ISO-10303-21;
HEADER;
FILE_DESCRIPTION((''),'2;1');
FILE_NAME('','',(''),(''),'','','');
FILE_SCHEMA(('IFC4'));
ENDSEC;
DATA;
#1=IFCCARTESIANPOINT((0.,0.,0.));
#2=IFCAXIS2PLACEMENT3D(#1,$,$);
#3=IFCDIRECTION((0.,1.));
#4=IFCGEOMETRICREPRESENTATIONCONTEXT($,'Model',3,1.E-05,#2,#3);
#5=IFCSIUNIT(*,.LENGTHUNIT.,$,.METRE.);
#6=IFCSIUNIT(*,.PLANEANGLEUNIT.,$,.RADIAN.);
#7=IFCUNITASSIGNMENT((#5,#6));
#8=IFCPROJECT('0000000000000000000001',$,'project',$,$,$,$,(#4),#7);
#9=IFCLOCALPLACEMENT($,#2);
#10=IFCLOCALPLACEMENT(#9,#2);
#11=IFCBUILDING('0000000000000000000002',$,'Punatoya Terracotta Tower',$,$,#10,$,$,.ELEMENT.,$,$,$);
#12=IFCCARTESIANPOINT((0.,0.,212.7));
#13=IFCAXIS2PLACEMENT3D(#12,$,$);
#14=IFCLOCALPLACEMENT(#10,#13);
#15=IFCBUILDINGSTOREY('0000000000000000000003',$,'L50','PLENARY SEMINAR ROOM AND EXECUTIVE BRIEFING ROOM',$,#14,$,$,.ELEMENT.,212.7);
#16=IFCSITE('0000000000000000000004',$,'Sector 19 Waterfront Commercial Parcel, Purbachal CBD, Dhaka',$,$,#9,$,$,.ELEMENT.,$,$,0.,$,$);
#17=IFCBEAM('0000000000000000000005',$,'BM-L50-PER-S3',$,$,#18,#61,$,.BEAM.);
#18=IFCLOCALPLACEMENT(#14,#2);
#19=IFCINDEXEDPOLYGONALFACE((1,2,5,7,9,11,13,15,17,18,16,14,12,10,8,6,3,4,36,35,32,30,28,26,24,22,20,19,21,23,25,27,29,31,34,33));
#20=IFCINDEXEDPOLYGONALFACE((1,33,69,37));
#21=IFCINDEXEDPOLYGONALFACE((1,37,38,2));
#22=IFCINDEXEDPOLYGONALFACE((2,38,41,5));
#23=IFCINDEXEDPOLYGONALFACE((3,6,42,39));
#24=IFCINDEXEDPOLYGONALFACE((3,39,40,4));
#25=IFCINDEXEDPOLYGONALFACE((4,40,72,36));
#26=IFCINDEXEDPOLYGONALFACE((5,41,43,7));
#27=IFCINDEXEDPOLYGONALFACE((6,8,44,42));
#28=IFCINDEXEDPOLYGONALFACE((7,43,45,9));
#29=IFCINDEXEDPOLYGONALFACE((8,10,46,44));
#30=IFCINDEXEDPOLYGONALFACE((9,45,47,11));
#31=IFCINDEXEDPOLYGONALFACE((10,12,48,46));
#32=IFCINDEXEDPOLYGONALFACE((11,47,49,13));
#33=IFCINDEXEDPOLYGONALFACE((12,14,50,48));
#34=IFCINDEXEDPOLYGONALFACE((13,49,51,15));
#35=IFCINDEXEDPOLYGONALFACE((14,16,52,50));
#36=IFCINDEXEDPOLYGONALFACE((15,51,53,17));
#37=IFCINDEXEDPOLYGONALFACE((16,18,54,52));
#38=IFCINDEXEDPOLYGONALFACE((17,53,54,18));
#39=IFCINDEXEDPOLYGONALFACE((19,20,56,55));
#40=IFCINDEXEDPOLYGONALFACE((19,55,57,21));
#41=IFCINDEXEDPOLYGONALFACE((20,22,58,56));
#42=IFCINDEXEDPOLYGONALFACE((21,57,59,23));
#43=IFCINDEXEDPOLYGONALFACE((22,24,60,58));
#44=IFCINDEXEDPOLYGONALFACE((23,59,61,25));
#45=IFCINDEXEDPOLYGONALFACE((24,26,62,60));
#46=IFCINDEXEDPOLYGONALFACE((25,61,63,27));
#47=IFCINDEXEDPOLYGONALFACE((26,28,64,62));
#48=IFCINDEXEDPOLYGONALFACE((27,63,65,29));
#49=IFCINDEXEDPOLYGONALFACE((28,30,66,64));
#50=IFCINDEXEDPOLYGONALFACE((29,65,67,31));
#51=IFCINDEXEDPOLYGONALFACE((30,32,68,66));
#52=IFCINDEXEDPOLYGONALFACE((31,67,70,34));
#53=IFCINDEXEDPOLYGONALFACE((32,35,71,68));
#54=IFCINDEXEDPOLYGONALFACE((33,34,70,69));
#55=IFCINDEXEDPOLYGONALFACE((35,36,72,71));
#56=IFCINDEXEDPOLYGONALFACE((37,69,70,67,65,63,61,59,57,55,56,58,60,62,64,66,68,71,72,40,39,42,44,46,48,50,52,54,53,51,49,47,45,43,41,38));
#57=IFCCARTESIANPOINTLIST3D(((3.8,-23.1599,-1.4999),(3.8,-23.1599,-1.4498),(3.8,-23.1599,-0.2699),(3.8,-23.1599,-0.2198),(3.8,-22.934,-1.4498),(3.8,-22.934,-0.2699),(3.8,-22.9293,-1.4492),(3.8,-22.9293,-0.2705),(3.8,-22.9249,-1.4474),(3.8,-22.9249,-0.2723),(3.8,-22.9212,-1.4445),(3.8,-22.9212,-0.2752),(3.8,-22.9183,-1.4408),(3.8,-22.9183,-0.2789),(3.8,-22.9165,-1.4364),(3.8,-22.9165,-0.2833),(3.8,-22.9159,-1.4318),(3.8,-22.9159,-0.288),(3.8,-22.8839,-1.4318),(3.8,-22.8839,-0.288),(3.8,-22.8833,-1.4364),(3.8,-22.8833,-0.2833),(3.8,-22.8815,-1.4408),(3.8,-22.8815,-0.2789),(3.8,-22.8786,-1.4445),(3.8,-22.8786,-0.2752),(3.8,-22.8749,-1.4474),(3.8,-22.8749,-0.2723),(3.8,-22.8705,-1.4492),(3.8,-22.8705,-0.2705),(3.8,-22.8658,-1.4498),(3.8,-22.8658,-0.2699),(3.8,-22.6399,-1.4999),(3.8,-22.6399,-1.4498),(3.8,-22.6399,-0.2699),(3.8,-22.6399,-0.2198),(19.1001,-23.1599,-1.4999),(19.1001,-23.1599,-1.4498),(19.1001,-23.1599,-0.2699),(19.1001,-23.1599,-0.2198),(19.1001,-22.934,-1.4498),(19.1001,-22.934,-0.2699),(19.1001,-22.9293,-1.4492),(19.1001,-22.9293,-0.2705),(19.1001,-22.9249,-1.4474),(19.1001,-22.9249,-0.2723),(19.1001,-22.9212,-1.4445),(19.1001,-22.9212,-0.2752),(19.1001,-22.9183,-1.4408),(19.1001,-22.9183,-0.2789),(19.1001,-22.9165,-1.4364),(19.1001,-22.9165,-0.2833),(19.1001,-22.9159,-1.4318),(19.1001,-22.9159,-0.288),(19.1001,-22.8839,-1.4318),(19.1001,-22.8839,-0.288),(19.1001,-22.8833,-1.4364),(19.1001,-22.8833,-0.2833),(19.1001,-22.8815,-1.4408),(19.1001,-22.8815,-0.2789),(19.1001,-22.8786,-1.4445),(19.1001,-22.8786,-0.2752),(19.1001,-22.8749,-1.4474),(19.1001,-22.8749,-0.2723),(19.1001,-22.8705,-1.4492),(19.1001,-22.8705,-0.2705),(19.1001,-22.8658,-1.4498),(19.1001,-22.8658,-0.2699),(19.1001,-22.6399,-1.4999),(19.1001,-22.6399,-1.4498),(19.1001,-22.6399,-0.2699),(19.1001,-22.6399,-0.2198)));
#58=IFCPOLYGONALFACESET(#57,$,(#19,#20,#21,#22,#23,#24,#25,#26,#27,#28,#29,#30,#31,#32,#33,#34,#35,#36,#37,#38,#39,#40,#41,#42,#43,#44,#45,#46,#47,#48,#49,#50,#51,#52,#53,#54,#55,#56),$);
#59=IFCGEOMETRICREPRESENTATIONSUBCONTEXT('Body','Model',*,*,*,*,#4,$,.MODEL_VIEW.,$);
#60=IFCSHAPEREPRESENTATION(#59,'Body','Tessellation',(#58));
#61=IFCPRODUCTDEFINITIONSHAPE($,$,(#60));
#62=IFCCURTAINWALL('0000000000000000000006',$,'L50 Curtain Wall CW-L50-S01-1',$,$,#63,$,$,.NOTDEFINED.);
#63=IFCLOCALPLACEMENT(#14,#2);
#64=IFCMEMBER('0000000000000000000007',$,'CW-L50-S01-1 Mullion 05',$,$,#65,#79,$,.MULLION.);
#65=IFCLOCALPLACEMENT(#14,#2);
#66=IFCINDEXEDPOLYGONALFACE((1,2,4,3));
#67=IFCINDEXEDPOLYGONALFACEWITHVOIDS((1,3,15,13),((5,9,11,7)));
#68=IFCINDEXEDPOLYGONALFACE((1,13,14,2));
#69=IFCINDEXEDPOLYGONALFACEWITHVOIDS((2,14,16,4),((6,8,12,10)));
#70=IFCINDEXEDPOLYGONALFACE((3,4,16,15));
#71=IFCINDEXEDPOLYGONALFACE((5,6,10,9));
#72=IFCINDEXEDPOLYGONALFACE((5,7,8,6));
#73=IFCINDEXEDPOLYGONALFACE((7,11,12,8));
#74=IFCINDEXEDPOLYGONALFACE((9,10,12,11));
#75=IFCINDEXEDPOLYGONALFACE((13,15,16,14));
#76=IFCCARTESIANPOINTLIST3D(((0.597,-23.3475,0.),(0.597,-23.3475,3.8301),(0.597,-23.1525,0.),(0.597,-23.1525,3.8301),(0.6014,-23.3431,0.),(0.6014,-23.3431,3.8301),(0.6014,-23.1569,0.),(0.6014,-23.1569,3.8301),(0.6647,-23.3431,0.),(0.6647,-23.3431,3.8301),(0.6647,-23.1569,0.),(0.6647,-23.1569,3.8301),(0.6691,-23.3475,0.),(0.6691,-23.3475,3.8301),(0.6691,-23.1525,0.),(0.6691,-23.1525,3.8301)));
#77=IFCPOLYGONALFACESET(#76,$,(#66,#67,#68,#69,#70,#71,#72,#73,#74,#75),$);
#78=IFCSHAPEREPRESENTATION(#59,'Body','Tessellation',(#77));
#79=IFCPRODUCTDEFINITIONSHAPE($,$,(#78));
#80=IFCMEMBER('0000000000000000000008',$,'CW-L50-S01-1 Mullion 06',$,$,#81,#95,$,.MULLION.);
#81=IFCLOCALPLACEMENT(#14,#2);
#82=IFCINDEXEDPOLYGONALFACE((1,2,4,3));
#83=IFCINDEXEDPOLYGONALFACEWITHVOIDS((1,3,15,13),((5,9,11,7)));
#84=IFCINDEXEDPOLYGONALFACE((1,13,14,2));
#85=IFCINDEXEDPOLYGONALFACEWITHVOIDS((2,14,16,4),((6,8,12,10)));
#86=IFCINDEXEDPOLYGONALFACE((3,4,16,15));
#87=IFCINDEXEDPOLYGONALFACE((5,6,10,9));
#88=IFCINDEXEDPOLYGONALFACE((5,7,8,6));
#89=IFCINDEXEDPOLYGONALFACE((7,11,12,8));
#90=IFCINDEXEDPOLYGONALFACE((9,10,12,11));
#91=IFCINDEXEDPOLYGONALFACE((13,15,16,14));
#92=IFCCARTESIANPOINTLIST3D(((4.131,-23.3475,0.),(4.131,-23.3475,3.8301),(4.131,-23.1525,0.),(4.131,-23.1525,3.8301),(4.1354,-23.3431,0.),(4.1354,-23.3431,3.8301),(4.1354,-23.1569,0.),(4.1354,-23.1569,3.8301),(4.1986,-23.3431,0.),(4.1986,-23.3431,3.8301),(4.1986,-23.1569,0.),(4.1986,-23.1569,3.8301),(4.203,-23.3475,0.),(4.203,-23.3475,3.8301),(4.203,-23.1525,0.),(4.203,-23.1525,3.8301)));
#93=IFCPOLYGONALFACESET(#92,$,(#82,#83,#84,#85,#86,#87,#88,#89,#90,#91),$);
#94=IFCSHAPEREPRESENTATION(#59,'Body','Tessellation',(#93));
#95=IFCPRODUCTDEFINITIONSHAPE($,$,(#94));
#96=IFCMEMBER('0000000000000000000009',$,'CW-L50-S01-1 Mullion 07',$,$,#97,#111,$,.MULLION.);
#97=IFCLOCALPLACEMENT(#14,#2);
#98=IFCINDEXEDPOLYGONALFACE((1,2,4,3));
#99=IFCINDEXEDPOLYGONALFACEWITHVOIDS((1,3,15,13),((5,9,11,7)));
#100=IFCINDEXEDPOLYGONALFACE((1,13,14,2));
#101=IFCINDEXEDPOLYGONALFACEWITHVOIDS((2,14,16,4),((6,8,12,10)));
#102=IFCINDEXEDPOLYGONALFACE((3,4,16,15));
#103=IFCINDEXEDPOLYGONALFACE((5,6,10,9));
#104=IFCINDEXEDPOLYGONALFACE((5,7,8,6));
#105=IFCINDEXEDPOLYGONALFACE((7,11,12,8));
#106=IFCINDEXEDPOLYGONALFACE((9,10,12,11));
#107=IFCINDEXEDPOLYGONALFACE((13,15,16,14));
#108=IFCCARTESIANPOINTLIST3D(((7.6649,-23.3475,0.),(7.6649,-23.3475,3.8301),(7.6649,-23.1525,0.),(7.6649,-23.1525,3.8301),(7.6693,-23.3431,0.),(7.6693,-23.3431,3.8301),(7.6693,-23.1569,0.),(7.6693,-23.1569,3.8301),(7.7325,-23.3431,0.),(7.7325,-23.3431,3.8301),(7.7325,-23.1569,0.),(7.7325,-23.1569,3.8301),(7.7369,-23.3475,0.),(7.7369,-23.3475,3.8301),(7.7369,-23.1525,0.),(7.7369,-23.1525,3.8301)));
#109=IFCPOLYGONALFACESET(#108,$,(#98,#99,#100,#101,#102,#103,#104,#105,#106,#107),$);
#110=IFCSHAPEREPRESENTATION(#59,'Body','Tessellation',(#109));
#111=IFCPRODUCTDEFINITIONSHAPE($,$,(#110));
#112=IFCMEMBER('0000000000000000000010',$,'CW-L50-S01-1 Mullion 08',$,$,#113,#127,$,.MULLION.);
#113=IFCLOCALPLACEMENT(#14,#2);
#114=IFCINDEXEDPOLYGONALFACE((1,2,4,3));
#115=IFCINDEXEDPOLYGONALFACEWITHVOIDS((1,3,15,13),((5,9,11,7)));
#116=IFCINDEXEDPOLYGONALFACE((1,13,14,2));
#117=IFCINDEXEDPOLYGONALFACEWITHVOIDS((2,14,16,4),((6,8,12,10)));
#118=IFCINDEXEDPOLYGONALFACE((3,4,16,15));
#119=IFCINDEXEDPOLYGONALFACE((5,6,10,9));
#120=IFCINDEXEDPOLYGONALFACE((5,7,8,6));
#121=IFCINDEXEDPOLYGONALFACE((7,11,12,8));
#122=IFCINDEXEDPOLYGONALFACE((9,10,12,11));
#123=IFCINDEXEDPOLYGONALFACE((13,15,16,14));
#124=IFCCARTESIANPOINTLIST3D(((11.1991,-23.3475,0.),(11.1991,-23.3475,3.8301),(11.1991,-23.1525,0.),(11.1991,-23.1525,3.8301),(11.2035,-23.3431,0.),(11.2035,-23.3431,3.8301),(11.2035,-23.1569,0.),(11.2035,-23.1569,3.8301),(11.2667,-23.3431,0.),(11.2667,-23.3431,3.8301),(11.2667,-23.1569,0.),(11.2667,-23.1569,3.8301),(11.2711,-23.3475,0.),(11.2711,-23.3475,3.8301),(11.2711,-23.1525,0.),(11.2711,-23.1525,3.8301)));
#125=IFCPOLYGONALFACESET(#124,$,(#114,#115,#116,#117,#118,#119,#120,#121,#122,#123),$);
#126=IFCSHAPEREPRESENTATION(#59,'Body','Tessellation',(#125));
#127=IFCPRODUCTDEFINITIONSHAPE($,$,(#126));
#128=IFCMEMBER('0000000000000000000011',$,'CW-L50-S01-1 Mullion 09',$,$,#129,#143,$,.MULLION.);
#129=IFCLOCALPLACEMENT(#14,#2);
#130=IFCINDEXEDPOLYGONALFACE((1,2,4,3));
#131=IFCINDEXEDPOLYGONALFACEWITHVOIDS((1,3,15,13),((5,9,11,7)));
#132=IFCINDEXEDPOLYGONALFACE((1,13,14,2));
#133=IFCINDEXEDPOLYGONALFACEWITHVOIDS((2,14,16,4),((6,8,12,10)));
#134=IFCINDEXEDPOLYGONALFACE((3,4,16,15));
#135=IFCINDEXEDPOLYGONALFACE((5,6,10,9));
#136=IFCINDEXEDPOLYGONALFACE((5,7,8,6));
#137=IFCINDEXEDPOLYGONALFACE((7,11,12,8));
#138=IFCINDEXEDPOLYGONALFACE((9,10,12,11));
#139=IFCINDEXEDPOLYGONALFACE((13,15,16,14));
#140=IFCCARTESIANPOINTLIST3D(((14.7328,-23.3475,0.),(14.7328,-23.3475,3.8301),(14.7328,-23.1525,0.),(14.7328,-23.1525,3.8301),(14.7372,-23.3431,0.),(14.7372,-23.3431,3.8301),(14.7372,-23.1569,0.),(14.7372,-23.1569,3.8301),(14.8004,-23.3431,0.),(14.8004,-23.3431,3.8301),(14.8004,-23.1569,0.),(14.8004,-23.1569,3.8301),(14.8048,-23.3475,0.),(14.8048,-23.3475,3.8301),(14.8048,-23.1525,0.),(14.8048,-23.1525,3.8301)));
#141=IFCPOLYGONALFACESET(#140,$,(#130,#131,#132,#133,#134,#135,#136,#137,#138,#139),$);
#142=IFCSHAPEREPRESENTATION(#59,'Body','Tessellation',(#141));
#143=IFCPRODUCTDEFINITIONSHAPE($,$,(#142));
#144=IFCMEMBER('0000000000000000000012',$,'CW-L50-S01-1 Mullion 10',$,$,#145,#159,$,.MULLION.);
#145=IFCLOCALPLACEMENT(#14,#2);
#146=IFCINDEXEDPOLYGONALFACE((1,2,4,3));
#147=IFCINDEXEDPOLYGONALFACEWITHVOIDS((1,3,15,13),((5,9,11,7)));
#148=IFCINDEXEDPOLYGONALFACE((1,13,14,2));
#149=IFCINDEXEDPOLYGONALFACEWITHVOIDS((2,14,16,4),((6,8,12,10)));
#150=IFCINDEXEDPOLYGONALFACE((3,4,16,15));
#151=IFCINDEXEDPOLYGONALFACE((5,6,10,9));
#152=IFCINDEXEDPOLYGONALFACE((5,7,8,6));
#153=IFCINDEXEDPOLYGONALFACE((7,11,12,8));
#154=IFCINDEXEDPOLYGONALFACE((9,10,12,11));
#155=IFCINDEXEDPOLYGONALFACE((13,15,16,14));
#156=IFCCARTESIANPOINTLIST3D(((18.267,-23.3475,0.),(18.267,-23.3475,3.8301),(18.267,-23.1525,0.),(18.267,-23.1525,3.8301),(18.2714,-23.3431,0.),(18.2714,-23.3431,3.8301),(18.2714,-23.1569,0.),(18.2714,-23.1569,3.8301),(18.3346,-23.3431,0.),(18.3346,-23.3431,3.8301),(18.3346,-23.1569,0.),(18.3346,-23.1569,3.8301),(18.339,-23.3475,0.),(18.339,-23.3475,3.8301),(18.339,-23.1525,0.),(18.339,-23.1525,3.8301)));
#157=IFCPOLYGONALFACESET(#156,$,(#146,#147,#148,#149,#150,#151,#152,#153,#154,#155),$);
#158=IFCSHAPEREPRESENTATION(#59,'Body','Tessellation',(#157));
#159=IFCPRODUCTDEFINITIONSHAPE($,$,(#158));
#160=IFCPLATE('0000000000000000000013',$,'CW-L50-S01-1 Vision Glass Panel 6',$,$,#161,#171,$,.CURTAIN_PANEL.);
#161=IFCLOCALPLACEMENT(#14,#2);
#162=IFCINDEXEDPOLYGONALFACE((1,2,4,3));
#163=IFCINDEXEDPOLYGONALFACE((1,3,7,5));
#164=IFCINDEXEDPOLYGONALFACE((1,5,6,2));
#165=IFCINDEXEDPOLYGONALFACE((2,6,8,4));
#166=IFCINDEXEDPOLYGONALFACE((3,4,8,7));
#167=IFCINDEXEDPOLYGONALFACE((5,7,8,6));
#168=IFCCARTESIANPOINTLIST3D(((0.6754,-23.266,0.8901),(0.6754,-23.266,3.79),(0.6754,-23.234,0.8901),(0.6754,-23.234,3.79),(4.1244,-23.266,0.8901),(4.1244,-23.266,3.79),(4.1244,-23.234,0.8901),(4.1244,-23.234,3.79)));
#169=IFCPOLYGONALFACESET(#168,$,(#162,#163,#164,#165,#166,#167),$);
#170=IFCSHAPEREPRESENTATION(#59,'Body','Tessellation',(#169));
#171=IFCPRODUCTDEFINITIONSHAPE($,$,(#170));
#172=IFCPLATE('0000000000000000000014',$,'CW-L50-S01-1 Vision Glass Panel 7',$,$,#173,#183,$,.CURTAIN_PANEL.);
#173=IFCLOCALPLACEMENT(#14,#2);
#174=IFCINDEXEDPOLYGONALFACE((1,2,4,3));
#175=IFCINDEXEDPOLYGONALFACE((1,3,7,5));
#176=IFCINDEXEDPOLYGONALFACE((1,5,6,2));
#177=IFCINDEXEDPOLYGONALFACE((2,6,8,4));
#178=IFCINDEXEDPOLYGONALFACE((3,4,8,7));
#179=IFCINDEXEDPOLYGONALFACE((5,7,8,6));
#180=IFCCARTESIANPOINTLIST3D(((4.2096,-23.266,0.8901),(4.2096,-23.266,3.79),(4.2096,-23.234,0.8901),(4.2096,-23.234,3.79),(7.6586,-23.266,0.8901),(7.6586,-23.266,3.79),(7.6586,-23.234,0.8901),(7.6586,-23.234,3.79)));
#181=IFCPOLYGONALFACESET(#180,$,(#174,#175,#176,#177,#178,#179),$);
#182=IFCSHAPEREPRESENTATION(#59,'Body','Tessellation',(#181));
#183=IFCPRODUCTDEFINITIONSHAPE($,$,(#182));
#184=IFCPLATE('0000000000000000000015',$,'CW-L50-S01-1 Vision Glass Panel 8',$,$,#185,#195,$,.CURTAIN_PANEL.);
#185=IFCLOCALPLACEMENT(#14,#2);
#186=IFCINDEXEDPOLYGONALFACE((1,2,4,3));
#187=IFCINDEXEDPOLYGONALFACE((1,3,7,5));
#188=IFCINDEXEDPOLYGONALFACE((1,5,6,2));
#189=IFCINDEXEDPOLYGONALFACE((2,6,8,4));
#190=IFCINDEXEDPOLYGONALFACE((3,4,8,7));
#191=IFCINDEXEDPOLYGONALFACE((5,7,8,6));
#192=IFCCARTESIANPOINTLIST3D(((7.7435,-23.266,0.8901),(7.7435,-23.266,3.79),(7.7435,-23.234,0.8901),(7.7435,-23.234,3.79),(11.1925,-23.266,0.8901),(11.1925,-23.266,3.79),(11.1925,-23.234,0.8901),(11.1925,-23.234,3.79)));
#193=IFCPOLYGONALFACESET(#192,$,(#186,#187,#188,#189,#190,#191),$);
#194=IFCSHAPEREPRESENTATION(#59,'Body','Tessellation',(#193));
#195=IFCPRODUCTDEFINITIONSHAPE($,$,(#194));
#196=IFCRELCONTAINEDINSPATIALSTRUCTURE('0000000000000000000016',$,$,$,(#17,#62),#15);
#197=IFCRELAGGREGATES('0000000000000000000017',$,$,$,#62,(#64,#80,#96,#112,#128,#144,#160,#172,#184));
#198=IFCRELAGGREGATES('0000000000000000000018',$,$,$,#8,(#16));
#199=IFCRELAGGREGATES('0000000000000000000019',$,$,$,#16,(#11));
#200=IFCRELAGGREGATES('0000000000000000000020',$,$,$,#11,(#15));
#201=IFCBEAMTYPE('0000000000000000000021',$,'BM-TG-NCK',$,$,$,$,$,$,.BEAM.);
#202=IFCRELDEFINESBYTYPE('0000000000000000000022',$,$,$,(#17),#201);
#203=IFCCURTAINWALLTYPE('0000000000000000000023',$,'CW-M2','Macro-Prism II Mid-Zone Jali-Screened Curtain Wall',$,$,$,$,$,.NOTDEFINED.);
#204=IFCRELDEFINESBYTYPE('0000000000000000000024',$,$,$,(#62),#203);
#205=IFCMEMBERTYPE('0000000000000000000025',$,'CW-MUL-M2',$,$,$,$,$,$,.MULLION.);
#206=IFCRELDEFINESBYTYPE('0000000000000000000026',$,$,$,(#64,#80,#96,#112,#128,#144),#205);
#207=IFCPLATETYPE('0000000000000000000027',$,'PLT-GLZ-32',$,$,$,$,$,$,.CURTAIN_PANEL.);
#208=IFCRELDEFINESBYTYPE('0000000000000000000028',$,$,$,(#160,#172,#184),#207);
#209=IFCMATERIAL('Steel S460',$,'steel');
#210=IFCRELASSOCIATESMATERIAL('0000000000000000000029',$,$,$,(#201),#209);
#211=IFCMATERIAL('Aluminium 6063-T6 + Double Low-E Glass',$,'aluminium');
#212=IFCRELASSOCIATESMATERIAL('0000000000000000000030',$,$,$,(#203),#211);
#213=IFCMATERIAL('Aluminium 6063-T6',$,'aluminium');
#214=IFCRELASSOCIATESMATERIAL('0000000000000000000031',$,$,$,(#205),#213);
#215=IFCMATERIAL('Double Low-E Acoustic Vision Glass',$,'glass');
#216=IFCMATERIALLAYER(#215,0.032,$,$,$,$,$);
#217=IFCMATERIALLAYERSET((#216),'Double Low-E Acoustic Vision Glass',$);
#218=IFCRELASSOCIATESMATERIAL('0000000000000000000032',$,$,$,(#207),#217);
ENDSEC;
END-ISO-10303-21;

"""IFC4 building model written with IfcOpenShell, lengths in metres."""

from ifc_helpers import new_model, si_unit, direction, frame, origin, origin_2d, place, context, subcontext, project, spatial, rectangle, hollow_rectangle, i_section, extrude, material, layer, layer_set, material_profile, profile_set, type_object, element, aggregate, save


model = new_model("IFC4")

# Units and contexts
model_context = context("Model", 3, precision=1e-05, world=origin(), true_north=direction((0.0, 1.0)))
body_context = subcontext(model_context, "Body", "Model", "MODEL_VIEW")
ifc_project = project(units=[si_unit("LENGTHUNIT", "METRE"), si_unit("PLANEANGLEUNIT", "RADIAN")], contexts=[model_context])

# Site, building, storey
site_placement = place(None, origin())
site = spatial("IfcSite", under=ifc_project, at=site_placement, Name="Sector 19 Waterfront Commercial Parcel, Purbachal CBD, Dhaka", CompositionType="ELEMENT", RefElevation=0.0)
building_placement = place(site_placement, origin())
building = spatial("IfcBuilding", under=site, at=building_placement, Name="Punatoya Terracotta Tower", CompositionType="ELEMENT")
storey_placement = place(building_placement, frame((0.0, 0.0, 212.7)))
storey = spatial("IfcBuildingStorey", under=building, at=storey_placement, Name="L50", Description="PLENARY SEMINAR ROOM AND EXECUTIVE BRIEFING ROOM", CompositionType="ELEMENT", Elevation=212.7)

# Shared definitions
ifc_material_1 = material(Name="Steel S460", Category="steel")

# Beam
ifc_material_profile_1 = material_profile(ifc_material_1, i_section(OverallWidth=0.52, OverallDepth=1.28, WebThickness=0.032, FlangeThickness=0.05, FilletRadius=0.0181, at=origin_2d()))
ifc_profile_set_1 = profile_set([ifc_material_profile_1], Name="Steel S460")
beam_type_1 = type_object("IfcBeamType", Name="BM-TG-NCK", PredefinedType="BEAM", material=ifc_profile_set_1)
beam_1_placement = place(storey_placement, frame((3.8, -22.8999, -0.8599), z_axis=(1.0, 0.0, 0.0), x_axis=(0.0, 1.0, 0.0)))
element("IfcBeam", 1, at=beam_1_placement, inside=storey, type_object=beam_type_1, Name="BM-L50-PER-S3", PredefinedType="BEAM", context=body_context, shape_type="SweptSolid", body=[
    extrude(i_section(OverallWidth=0.52, OverallDepth=1.28, WebThickness=0.032, FlangeThickness=0.05, FilletRadius=0.0181, at=origin_2d()), origin(), (0.0, 0.0, 1.0), 15.3),
])

# Curtain wall, members, plates
ifc_material_2 = material(Name="Aluminium 6063-T6 + Double Low-E Glass", Category="aluminium")
curtain_wall_type = type_object("IfcCurtainWallType", Name="CW-M2", Description="Macro-Prism II Mid-Zone Jali-Screened Curtain Wall", PredefinedType="NOTDEFINED", material=ifc_material_2)
curtain_wall_placement = place(storey_placement, origin())
curtain_wall = element("IfcCurtainWall", 2, at=curtain_wall_placement, inside=storey, type_object=curtain_wall_type, Name="L50 Curtain Wall CW-L50-S01-1", PredefinedType="NOTDEFINED")
ifc_material_3 = material(Name="Aluminium 6063-T6", Category="aluminium")
ifc_material_profile_2 = material_profile(ifc_material_3, hollow_rectangle(XDim=0.072, YDim=0.1951, WallThickness=0.0044, at=origin_2d()))
ifc_profile_set_2 = profile_set([ifc_material_profile_2], Name="Aluminium 6063-T6")
member_type = type_object("IfcMemberType", Name="CW-MUL-M2", PredefinedType="MULLION", material=ifc_profile_set_2)
member_1_placement = place(storey_placement, frame((0.6331, -23.25, 0.0), z_axis=(0.0, 0.0, 1.0), x_axis=(1.0, 0.0, 0.0)))
member_1 = element("IfcMember", 3, at=member_1_placement, type_object=member_type, Name="CW-L50-S01-1 Mullion 05", PredefinedType="MULLION", context=body_context, shape_type="SweptSolid", body=[
    extrude(hollow_rectangle(XDim=0.072, YDim=0.1951, WallThickness=0.0044, at=origin_2d()), origin(), (0.0, 0.0, 1.0), 3.8301),
])
member_2_placement = place(storey_placement, frame((4.167, -23.25, 0.0), z_axis=(0.0, 0.0, 1.0), x_axis=(1.0, 0.0, 0.0)))
member_2 = element("IfcMember", 4, at=member_2_placement, type_object=member_type, Name="CW-L50-S01-1 Mullion 06", PredefinedType="MULLION", context=body_context, shape_type="SweptSolid", body=[
    extrude(hollow_rectangle(XDim=0.072, YDim=0.1951, WallThickness=0.0044, at=origin_2d()), origin(), (0.0, 0.0, 1.0), 3.8301),
])
member_3_placement = place(storey_placement, frame((7.7009, -23.25, 0.0), z_axis=(0.0, 0.0, 1.0), x_axis=(1.0, 0.0, 0.0)))
member_3 = element("IfcMember", 5, at=member_3_placement, type_object=member_type, Name="CW-L50-S01-1 Mullion 07", PredefinedType="MULLION", context=body_context, shape_type="SweptSolid", body=[
    extrude(hollow_rectangle(XDim=0.072, YDim=0.1951, WallThickness=0.0044, at=origin_2d()), origin(), (0.0, 0.0, 1.0), 3.8301),
])
member_4_placement = place(storey_placement, frame((11.2351, -23.25, 0.0), z_axis=(0.0, 0.0, 1.0), x_axis=(1.0, 0.0, 0.0)))
member_4 = element("IfcMember", 6, at=member_4_placement, type_object=member_type, Name="CW-L50-S01-1 Mullion 08", PredefinedType="MULLION", context=body_context, shape_type="SweptSolid", body=[
    extrude(hollow_rectangle(XDim=0.072, YDim=0.1951, WallThickness=0.0044, at=origin_2d()), origin(), (0.0, 0.0, 1.0), 3.8301),
])
member_5_placement = place(storey_placement, frame((14.7688, -23.25, 0.0), z_axis=(0.0, 0.0, 1.0), x_axis=(1.0, 0.0, 0.0)))
member_5 = element("IfcMember", 7, at=member_5_placement, type_object=member_type, Name="CW-L50-S01-1 Mullion 09", PredefinedType="MULLION", context=body_context, shape_type="SweptSolid", body=[
    extrude(hollow_rectangle(XDim=0.072, YDim=0.1951, WallThickness=0.0044, at=origin_2d()), origin(), (0.0, 0.0, 1.0), 3.8301),
])
member_6_placement = place(storey_placement, frame((18.303, -23.25, 0.0), z_axis=(0.0, 0.0, 1.0), x_axis=(1.0, 0.0, 0.0)))
member_6 = element("IfcMember", 8, at=member_6_placement, type_object=member_type, Name="CW-L50-S01-1 Mullion 10", PredefinedType="MULLION", context=body_context, shape_type="SweptSolid", body=[
    extrude(hollow_rectangle(XDim=0.072, YDim=0.1951, WallThickness=0.0044, at=origin_2d()), origin(), (0.0, 0.0, 1.0), 3.8301),
])
ifc_material_4 = material(Name="Double Low-E Acoustic Vision Glass", Category="glass")
ifc_layer_1 = layer(ifc_material_4, 0.032)
ifc_layer_set_1 = layer_set([ifc_layer_1], Name="Double Low-E Acoustic Vision Glass")
plate_type_1 = type_object("IfcPlateType", Name="PLT-GLZ-32", PredefinedType="CURTAIN_PANEL", material=ifc_layer_set_1)
plate_1_placement = place(storey_placement, frame((2.3999, -23.25, 0.8901), z_axis=(0.0, 0.0, 1.0), x_axis=(1.0, 0.0, 0.0)))
plate_1 = element("IfcPlate", 9, at=plate_1_placement, type_object=plate_type_1, Name="CW-L50-S01-1 Vision Glass Panel 6", PredefinedType="CURTAIN_PANEL", context=body_context, shape_type="SweptSolid", body=[
    extrude(rectangle(XDim=3.449, YDim=0.032, at=origin_2d()), origin(), (0.0, 0.0, 1.0), 2.8999),
])
plate_2_placement = place(storey_placement, frame((5.9341, -23.25, 0.8901), z_axis=(0.0, 0.0, 1.0), x_axis=(1.0, 0.0, 0.0)))
plate_2 = element("IfcPlate", 10, at=plate_2_placement, type_object=plate_type_1, Name="CW-L50-S01-1 Vision Glass Panel 7", PredefinedType="CURTAIN_PANEL", context=body_context, shape_type="SweptSolid", body=[
    extrude(rectangle(XDim=3.449, YDim=0.032, at=origin_2d()), origin(), (0.0, 0.0, 1.0), 2.8999),
])
plate_3_placement = place(storey_placement, frame((9.468, -23.25, 0.8901), z_axis=(0.0, 0.0, 1.0), x_axis=(1.0, 0.0, 0.0)))
plate_3 = element("IfcPlate", 11, at=plate_3_placement, type_object=plate_type_1, Name="CW-L50-S01-1 Vision Glass Panel 8", PredefinedType="CURTAIN_PANEL", context=body_context, shape_type="SweptSolid", body=[
    extrude(rectangle(XDim=3.449, YDim=0.032, at=origin_2d()), origin(), (0.0, 0.0, 1.0), 2.8999),
])
aggregate(curtain_wall, [member_1, member_2, member_3, member_4, member_5, member_6, plate_1, plate_2, plate_3])

save(model, "model.ifc")
